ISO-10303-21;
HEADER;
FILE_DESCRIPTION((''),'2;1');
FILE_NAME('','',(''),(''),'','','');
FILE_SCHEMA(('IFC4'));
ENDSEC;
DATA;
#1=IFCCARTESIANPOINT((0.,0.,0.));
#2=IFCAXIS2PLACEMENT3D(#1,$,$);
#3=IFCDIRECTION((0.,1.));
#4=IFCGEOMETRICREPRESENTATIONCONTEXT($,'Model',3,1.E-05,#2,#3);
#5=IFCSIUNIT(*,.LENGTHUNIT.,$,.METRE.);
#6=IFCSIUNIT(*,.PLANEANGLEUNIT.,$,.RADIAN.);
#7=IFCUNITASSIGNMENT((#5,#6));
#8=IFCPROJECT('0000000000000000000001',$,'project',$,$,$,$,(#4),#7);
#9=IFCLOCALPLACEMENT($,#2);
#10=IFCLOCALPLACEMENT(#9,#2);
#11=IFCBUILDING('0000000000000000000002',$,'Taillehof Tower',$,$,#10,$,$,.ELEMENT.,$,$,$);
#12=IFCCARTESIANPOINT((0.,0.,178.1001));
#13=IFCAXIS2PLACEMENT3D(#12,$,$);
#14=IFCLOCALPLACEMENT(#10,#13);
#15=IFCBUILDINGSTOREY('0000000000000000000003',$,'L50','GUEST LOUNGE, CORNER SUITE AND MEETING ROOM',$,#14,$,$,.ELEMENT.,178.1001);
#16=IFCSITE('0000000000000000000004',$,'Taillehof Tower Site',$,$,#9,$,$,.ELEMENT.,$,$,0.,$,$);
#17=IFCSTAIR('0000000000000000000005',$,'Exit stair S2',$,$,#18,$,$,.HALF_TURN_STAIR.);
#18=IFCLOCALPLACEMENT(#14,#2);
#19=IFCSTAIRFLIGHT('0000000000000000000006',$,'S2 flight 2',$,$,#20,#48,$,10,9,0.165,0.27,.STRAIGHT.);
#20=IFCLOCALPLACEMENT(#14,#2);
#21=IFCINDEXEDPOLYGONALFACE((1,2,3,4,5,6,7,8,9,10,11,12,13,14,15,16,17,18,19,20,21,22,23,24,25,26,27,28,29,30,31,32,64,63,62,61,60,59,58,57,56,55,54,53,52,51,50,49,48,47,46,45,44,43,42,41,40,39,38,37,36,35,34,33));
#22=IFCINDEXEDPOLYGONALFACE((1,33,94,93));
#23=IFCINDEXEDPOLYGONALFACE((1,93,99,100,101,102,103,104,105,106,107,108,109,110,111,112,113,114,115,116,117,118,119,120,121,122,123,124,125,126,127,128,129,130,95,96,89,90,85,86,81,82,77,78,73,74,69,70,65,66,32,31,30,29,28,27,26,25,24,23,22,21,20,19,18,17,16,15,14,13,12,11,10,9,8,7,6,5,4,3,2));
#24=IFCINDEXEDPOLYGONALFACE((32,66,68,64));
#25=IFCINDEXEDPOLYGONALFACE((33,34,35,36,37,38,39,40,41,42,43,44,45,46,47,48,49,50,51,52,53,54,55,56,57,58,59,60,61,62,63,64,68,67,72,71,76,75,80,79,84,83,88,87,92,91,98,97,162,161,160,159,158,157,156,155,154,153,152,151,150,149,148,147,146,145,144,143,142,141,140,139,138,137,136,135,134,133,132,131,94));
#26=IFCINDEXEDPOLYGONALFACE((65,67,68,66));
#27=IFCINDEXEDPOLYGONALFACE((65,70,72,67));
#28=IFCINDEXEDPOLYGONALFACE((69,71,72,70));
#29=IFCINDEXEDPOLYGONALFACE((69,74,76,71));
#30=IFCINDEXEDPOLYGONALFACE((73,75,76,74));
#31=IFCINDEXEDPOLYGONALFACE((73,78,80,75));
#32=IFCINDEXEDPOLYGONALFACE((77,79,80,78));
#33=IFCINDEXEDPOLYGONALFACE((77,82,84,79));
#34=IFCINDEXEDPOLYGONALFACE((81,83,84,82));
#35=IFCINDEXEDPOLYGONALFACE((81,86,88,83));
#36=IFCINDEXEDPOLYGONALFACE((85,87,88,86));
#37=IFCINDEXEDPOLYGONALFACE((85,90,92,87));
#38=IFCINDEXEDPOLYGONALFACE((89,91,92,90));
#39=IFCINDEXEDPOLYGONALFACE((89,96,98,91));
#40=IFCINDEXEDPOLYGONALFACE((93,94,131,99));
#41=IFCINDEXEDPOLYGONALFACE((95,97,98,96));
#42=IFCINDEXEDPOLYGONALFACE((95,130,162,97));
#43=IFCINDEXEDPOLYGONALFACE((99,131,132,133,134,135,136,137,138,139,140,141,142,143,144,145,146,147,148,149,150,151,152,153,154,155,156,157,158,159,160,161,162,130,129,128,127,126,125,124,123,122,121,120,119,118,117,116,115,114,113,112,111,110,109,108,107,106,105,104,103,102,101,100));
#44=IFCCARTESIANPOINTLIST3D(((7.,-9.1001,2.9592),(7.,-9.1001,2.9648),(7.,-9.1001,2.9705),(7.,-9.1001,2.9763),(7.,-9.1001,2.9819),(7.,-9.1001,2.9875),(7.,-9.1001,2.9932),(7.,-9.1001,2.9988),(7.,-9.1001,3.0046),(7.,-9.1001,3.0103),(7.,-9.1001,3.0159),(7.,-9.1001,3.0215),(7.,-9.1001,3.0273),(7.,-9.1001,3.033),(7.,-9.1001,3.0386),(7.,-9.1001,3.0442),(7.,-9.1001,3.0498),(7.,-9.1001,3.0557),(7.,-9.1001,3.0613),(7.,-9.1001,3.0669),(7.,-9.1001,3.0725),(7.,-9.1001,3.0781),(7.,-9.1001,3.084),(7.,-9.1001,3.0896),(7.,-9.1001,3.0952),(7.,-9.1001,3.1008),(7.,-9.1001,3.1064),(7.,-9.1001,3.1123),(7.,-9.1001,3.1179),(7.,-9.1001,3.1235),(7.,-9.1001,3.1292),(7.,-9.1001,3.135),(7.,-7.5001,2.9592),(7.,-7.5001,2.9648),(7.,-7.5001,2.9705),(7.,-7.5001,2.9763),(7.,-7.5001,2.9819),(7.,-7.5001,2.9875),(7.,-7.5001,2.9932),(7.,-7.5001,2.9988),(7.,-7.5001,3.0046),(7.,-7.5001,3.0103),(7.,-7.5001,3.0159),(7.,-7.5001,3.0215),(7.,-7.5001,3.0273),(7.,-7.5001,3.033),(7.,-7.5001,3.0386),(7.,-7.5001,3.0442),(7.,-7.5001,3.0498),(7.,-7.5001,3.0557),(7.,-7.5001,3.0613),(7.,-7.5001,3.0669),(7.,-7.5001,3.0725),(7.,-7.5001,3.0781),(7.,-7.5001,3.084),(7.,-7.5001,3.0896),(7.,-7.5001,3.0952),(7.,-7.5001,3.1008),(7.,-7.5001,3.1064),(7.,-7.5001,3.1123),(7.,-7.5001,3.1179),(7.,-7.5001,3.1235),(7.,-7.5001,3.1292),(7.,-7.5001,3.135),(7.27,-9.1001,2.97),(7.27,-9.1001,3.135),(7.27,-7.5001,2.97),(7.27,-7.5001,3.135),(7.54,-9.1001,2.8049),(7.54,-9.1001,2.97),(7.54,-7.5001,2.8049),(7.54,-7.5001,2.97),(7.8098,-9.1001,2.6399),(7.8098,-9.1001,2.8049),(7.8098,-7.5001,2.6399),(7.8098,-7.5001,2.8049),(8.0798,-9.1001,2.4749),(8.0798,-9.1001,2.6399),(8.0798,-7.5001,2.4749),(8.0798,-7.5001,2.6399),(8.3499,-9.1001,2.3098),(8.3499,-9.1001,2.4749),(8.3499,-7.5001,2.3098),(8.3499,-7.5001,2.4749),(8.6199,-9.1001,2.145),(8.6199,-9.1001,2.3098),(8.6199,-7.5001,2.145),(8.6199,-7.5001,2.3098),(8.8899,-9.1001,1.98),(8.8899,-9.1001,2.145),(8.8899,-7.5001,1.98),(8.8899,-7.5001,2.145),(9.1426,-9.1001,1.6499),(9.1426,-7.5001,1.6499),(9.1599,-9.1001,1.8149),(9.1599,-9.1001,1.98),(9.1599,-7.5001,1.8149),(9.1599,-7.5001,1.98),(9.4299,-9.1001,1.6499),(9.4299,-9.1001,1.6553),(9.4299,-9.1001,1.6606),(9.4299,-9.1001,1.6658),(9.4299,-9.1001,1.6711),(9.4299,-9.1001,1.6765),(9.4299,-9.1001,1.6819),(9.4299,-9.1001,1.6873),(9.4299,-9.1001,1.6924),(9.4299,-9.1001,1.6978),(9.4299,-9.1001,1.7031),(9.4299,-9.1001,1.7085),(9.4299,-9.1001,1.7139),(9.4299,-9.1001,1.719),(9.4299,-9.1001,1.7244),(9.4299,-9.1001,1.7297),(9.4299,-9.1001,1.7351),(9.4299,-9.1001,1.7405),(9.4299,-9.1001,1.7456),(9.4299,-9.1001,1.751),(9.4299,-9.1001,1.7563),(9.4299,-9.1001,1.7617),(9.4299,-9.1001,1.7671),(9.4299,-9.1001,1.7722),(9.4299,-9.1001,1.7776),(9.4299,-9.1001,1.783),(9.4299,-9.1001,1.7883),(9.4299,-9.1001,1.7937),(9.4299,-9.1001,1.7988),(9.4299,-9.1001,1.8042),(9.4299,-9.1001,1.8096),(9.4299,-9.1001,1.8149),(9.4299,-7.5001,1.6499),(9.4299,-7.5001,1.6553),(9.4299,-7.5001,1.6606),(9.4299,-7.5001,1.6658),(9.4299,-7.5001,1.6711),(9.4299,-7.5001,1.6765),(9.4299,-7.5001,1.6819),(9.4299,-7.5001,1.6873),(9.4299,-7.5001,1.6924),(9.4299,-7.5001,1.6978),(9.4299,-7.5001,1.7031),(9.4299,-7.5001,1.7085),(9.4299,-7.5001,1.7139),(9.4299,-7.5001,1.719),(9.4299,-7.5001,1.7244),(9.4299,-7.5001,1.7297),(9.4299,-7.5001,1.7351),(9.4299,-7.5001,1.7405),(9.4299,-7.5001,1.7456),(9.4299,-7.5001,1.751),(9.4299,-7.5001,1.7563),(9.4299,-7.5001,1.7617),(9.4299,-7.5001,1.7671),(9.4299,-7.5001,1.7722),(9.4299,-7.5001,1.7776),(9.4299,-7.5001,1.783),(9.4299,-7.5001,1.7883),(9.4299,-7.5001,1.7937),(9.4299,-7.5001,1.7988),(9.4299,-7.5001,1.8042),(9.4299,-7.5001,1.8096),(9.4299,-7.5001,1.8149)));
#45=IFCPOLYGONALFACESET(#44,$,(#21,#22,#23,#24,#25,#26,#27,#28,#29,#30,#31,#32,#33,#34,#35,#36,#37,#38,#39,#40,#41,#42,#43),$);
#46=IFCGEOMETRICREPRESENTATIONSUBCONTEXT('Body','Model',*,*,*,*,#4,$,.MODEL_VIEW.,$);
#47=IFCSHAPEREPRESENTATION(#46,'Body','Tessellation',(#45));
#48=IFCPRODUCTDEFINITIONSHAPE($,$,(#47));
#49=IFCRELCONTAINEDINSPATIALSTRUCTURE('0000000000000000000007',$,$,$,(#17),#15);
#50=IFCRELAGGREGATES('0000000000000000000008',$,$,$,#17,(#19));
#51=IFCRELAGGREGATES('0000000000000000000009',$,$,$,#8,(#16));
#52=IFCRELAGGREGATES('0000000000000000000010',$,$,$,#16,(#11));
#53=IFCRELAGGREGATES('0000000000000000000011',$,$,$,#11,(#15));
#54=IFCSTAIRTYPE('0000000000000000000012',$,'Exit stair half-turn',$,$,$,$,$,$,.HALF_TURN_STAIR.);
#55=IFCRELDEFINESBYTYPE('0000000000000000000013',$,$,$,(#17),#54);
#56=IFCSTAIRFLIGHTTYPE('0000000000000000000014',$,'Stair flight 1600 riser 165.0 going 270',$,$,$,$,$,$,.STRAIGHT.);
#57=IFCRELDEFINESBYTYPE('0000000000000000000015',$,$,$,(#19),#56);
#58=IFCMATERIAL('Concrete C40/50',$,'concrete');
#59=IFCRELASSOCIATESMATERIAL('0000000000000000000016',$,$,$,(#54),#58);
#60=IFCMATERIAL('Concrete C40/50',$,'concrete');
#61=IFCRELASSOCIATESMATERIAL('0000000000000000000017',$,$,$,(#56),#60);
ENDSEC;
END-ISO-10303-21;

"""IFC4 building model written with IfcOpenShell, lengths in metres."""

from ifc_helpers import new_model, si_unit, direction, frame, origin, place, context, subcontext, project, spatial, polyline, outline, extrude, material, type_object, element, aggregate, save


model = new_model("IFC4")

# Units and contexts
model_context = context("Model", 3, precision=1e-05, world=origin(), true_north=direction((0.0, 1.0)))
body_context = subcontext(model_context, "Body", "Model", "MODEL_VIEW")
ifc_project = project(units=[si_unit("LENGTHUNIT", "METRE"), si_unit("PLANEANGLEUNIT", "RADIAN")], contexts=[model_context])

# Site, building, storey
site_placement = place(None, origin())
site = spatial("IfcSite", under=ifc_project, at=site_placement, Name="Taillehof Tower Site", CompositionType="ELEMENT", RefElevation=0.0)
building_placement = place(site_placement, origin())
building = spatial("IfcBuilding", under=site, at=building_placement, Name="Taillehof Tower", CompositionType="ELEMENT")
storey_placement = place(building_placement, frame((0.0, 0.0, 178.1001)))
storey = spatial("IfcBuildingStorey", under=building, at=storey_placement, Name="L50", Description="GUEST LOUNGE, CORNER SUITE AND MEETING ROOM", CompositionType="ELEMENT", Elevation=178.1001)

# Stair, stair flight
ifc_material_1 = material(Name="Concrete C40/50", Category="concrete")
stair_type = type_object("IfcStairType", Name="Exit stair half-turn", PredefinedType="HALF_TURN_STAIR", material=ifc_material_1)
stair_placement = place(storey_placement, origin())
stair = element("IfcStair", 1, at=stair_placement, inside=storey, type_object=stair_type, Name="Exit stair S2", PredefinedType="HALF_TURN_STAIR")
ifc_material_2 = material(Name="Concrete C40/50", Category="concrete")
stair_flight_type = type_object("IfcStairFlightType", Name="Stair flight 1600 riser 165.0 going 270", PredefinedType="STRAIGHT", material=ifc_material_2)
stair_flight_placement = place(storey_placement, frame((9.4299, -8.3, 1.6499), z_axis=(0.0, 0.0, 1.0), x_axis=(-1.0, 0.0, 0.0)))
stair_flight = element("IfcStairFlight", 2, at=stair_flight_placement, type_object=stair_flight_type, Name="S2 flight 2", NumberOfRisers=10, NumberOfTreads=9, PredefinedType="STRAIGHT", RiserHeight=0.165, TreadLength=0.27, context=body_context, shape_type="SweptSolid", body=[
    extrude(outline(polyline([(0.0, 0.0), (0.0, 0.0054), (0.0, 0.0107), (0.0, 0.0159), (0.0, 0.0212), (0.0, 0.0266), (0.0, 0.032), (0.0, 0.0374), (0.0, 0.0425), (0.0, 0.0479), (0.0, 0.0532), (0.0, 0.0586), (0.0, 0.064), (0.0, 0.0691), (0.0, 0.0745), (0.0, 0.0798), (0.0, 0.0852), (0.0, 0.0906), (0.0, 0.0957), (0.0, 0.1011), (0.0, 0.1064), (0.0, 0.1118), (0.0, 0.1172), (0.0, 0.1223), (0.0, 0.1277), (0.0, 0.1331), (0.0, 0.1384), (0.0, 0.1438), (0.0, 0.1489), (0.0, 0.1543), (0.0, 0.1597), (0.0, 0.165), (0.27, 0.165), (0.27, 0.3301), (0.54, 0.3301), (0.54, 0.4951), (0.8101, 0.4951), (0.8101, 0.6599), (1.0801, 0.6599), (1.0801, 0.825), (1.3501, 0.825), (1.3501, 0.99), (1.6201, 0.99), (1.6201, 1.155), (1.8899, 1.155), (1.8899, 1.3201), (2.1599, 1.3201), (2.1599, 1.4851), (2.4299, 1.4851), (2.4299, 1.4792), (2.4299, 1.4736), (2.4299, 1.468), (2.4299, 1.4624), (2.4299, 1.4565), (2.4299, 1.4509), (2.4299, 1.4453), (2.4299, 1.4397), (2.4299, 1.4341), (2.4299, 1.4282), (2.4299, 1.4226), (2.4299, 1.417), (2.4299, 1.4114), (2.4299, 1.4058), (2.4299, 1.3999), (2.4299, 1.3943), (2.4299, 1.3887), (2.4299, 1.3831), (2.4299, 1.3774), (2.4299, 1.3716), (2.4299, 1.366), (2.4299, 1.3604), (2.4299, 1.3547), (2.4299, 1.3489), (2.4299, 1.3433), (2.4299, 1.3376), (2.4299, 1.332), (2.4299, 1.3264), (2.4299, 1.3206), (2.4299, 1.3149), (2.4299, 1.3093), (0.2874, 0.0), (0.0, 0.0)])), frame((0.0, 0.8, 0.0), z_axis=(0.0, -1.0, 0.0), x_axis=(1.0, 0.0, 0.0)), (0.0, 0.0, 1.0), 1.6),
])
aggregate(stair, [stair_flight])

save(model, "model.ifc")
